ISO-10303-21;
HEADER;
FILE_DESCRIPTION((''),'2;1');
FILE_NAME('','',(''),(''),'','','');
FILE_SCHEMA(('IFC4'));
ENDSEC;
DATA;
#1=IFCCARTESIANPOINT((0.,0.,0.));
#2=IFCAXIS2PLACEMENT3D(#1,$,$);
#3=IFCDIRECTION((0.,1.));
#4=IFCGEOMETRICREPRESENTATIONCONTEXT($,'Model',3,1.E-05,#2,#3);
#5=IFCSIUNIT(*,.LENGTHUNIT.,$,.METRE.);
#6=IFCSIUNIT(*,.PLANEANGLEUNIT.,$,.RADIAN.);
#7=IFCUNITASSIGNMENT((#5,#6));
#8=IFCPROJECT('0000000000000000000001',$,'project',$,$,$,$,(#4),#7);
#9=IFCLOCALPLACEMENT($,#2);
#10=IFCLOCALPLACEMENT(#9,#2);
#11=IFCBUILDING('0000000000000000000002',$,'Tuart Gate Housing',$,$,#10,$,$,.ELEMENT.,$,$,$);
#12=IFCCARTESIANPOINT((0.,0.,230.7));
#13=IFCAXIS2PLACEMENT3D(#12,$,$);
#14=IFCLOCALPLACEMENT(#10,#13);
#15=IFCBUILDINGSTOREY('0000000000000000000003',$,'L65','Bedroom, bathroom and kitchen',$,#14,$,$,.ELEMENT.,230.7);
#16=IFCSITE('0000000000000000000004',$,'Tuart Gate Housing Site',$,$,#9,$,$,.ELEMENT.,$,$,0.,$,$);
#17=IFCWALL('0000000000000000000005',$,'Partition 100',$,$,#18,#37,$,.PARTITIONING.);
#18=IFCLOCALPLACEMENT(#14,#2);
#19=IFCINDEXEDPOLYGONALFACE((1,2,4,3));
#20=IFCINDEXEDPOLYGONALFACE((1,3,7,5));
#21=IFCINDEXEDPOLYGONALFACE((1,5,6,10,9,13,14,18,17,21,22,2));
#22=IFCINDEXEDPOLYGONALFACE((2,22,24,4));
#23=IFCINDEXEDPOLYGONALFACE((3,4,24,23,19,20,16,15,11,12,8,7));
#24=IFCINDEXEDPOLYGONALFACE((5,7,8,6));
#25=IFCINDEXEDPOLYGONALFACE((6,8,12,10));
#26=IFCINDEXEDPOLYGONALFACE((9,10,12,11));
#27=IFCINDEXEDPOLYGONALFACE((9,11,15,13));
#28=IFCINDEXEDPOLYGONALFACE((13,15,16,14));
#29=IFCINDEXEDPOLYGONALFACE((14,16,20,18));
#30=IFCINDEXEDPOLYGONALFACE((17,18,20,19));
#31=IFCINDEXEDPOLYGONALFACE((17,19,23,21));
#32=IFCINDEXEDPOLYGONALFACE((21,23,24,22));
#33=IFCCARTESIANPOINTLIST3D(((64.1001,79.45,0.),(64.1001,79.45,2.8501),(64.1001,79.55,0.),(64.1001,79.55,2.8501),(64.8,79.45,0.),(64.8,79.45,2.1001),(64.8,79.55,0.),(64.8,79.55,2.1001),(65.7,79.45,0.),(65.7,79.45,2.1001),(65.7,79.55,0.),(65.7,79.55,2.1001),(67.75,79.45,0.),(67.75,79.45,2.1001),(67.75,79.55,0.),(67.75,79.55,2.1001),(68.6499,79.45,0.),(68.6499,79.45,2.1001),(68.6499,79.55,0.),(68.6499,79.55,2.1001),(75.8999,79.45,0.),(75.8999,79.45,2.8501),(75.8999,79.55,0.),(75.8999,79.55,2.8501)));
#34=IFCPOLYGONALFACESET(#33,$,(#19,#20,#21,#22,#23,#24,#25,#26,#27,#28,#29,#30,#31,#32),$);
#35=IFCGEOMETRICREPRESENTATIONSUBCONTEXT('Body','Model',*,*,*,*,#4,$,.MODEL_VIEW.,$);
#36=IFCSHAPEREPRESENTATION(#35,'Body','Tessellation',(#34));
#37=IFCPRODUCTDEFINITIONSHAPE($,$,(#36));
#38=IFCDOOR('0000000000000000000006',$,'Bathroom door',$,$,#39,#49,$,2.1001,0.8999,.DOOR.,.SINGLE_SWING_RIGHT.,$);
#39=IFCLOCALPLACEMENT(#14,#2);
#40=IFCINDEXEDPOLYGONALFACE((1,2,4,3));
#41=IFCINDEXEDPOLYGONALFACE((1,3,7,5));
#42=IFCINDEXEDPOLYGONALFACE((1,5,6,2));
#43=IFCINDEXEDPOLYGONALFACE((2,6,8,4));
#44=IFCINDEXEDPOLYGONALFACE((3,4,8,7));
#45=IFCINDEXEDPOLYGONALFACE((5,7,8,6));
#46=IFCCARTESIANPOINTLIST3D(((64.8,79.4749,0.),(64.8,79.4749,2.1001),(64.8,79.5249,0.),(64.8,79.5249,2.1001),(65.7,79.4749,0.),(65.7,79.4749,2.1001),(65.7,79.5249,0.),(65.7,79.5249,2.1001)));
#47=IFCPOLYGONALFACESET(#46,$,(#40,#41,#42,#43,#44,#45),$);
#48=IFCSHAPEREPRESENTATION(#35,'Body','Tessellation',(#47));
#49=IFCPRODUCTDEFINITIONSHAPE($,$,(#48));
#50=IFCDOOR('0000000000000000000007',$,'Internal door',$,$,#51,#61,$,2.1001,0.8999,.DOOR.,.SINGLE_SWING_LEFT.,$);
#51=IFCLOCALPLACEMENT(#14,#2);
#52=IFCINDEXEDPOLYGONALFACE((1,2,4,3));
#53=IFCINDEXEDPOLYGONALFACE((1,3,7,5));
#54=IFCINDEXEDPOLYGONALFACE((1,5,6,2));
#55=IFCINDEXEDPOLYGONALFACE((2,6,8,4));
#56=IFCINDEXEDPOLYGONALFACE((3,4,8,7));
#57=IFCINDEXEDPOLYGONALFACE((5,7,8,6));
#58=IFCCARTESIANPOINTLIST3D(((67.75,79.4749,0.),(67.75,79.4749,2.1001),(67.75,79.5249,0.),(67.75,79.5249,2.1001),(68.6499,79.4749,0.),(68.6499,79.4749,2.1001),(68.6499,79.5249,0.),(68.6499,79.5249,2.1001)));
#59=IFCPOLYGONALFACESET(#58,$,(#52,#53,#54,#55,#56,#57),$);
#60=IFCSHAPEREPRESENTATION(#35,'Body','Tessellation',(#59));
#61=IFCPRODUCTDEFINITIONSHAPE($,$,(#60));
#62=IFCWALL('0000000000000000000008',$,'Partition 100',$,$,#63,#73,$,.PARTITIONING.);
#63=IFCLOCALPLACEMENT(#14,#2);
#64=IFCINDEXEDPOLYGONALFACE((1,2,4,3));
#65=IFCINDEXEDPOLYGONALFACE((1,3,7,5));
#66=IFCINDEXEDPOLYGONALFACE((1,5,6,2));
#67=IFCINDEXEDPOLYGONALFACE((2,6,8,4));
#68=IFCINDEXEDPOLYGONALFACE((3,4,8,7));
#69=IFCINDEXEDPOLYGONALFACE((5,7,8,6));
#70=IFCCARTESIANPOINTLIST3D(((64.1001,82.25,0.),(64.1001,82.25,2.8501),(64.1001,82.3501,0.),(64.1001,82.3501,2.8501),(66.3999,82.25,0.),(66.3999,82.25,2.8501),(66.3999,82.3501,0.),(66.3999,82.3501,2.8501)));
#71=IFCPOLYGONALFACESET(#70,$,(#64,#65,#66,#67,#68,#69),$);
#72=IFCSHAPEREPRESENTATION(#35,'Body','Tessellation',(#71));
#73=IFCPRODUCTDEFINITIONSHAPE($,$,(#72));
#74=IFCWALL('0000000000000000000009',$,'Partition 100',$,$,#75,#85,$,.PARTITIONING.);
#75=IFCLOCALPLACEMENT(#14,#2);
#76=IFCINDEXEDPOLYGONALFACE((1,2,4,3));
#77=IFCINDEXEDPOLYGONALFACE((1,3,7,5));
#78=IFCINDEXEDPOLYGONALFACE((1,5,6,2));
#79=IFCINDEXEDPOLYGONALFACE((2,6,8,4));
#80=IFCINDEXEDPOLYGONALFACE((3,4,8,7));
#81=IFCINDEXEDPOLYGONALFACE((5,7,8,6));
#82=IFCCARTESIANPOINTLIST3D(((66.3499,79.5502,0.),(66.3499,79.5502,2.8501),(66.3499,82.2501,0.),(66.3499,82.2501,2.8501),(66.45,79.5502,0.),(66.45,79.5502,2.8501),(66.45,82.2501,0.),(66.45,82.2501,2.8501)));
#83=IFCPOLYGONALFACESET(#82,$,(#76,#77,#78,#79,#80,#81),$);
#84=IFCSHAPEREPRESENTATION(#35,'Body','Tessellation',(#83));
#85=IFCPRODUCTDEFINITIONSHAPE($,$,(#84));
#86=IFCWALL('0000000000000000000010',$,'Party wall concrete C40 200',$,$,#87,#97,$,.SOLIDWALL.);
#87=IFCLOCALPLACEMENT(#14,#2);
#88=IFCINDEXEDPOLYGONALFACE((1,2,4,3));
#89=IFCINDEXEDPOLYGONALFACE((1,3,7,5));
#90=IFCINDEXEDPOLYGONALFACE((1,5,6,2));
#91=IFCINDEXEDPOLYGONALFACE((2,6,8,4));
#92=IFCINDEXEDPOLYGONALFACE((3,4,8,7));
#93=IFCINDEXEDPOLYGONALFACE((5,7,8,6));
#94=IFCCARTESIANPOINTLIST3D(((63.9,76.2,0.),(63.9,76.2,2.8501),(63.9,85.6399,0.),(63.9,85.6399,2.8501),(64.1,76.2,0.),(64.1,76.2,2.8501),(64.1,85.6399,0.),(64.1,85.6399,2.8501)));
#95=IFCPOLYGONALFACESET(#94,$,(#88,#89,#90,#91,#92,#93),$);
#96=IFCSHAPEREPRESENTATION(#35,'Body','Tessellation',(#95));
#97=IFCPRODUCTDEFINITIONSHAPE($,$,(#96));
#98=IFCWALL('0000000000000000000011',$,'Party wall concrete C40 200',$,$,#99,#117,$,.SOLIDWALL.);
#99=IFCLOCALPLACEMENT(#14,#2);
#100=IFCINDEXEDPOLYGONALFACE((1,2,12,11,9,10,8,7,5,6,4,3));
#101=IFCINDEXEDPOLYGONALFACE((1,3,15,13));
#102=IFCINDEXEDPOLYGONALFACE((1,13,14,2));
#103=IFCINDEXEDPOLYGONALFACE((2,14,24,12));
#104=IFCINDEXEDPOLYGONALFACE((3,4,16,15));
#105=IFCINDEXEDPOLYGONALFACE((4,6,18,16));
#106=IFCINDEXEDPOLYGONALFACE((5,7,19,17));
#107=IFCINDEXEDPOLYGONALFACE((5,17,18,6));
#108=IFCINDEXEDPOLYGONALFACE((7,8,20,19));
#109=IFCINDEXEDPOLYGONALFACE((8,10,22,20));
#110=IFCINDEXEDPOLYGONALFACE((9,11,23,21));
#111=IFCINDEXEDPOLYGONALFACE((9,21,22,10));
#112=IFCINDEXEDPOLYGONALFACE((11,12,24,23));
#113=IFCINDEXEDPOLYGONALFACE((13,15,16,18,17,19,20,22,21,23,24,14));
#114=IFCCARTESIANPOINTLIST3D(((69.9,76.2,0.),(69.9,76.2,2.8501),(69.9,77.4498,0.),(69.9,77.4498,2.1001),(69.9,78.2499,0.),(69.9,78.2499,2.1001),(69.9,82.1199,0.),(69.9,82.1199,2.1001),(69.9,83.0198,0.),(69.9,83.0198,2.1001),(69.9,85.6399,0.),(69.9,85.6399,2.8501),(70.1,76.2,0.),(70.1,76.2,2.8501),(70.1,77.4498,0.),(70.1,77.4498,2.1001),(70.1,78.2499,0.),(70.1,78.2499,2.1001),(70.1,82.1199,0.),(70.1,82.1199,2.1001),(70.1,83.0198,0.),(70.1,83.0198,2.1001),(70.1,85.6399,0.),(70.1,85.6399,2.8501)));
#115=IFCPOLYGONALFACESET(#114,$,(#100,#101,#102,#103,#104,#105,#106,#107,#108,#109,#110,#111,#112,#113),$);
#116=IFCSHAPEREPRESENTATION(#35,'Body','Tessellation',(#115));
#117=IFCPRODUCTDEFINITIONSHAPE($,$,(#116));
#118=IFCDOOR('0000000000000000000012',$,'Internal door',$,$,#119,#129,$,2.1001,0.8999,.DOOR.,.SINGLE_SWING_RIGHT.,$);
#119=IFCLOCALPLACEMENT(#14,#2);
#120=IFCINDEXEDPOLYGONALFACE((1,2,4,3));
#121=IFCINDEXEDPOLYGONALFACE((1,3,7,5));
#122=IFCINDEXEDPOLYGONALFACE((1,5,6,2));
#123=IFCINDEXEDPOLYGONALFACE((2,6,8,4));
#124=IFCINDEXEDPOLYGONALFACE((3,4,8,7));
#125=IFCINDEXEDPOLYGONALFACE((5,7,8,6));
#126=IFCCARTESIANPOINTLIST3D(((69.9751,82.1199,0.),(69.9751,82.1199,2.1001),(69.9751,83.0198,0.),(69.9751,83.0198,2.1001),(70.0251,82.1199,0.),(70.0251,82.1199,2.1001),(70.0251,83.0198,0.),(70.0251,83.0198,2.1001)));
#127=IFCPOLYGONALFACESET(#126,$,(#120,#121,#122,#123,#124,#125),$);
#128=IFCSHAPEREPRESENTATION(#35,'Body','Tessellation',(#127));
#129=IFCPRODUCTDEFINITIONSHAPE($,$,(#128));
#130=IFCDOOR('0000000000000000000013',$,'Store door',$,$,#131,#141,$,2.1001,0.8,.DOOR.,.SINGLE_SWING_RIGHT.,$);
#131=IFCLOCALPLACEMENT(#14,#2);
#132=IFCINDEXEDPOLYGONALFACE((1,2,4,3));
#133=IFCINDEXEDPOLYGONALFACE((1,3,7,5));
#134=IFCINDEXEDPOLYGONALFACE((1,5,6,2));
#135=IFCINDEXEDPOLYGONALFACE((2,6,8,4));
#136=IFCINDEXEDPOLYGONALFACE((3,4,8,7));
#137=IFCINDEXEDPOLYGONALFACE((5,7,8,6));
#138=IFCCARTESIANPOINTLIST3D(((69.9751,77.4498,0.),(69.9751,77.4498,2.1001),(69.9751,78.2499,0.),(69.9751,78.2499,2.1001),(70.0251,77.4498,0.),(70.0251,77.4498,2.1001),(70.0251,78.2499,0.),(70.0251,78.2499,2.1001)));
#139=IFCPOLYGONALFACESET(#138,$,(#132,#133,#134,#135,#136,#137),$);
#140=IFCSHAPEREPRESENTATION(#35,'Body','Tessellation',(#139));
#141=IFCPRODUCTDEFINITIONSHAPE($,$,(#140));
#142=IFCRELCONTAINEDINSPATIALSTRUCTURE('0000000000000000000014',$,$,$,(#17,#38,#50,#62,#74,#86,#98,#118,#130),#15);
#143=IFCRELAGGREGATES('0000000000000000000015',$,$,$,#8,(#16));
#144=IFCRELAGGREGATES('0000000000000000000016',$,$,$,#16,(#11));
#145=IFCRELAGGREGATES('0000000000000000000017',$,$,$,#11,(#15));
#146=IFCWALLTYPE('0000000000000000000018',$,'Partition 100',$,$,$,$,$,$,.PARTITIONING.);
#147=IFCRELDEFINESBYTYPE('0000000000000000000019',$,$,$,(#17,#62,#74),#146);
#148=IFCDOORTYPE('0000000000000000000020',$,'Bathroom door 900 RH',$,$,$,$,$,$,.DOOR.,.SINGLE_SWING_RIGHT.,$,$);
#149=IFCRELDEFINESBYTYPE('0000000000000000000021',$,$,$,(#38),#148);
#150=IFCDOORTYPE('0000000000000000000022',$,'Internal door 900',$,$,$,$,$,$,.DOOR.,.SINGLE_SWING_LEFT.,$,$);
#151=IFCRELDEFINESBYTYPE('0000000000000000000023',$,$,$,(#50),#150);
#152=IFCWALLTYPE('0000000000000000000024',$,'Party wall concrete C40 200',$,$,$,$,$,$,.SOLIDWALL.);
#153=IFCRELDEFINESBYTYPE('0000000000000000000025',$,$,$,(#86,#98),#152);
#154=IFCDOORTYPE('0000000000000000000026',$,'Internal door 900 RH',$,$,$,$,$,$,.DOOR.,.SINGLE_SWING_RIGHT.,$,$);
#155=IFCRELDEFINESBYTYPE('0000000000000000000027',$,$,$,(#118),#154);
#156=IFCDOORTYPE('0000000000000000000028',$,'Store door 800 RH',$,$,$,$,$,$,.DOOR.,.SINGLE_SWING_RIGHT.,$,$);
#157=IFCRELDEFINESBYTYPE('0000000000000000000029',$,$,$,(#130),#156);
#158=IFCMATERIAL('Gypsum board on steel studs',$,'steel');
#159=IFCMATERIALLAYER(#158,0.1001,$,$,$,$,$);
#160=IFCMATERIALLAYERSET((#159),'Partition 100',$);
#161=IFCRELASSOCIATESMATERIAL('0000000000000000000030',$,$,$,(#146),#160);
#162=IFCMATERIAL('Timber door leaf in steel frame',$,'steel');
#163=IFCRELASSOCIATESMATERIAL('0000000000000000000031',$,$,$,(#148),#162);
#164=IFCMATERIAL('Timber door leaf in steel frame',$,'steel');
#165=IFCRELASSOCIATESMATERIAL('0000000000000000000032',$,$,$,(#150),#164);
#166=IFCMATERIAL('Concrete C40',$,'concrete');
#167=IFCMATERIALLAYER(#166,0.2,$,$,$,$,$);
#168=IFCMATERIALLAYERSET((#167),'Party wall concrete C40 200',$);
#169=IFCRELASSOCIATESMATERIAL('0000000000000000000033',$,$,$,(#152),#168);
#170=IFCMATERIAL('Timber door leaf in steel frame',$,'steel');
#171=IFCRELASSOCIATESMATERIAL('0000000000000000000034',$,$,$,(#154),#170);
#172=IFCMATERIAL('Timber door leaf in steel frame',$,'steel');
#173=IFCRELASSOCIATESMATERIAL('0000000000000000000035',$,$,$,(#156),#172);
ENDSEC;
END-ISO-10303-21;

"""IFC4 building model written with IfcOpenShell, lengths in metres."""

from ifc_helpers import new_model, si_unit, direction, frame, frame_2d, origin, place, context, subcontext, project, spatial, rectangle, extrude, material, layer, layer_set, type_object, element, fill, save


model = new_model("IFC4")

# Units and contexts
model_context = context("Model", 3, precision=1e-05, world=origin(), true_north=direction((0.0, 1.0)))
body_context = subcontext(model_context, "Body", "Model", "MODEL_VIEW")
ifc_project = project(units=[si_unit("LENGTHUNIT", "METRE"), si_unit("PLANEANGLEUNIT", "RADIAN")], contexts=[model_context])

# Site, building, storey
site_placement = place(None, origin())
site = spatial("IfcSite", under=ifc_project, at=site_placement, Name="Tuart Gate Housing Site", CompositionType="ELEMENT", RefElevation=0.0)
building_placement = place(site_placement, origin())
building = spatial("IfcBuilding", under=site, at=building_placement, Name="Tuart Gate Housing", CompositionType="ELEMENT")
storey_placement = place(building_placement, frame((0.0, 0.0, 230.7)))
storey = spatial("IfcBuildingStorey", under=building, at=storey_placement, Name="L65", Description="Bedroom, bathroom and kitchen", CompositionType="ELEMENT", Elevation=230.7)

# Wall, openings, doors
ifc_material_1 = material(Name="Gypsum board on steel studs", Category="steel")
ifc_layer_1 = layer(ifc_material_1, 0.1001)
ifc_layer_set_1 = layer_set([ifc_layer_1], Name="Partition 100")
wall_type_1 = type_object("IfcWallType", Name="Partition 100", PredefinedType="PARTITIONING", material=ifc_layer_set_1)
wall_1_placement = place(storey_placement, frame((64.1001, 79.5, 0.0), z_axis=(0.0, 0.0, 1.0), x_axis=(1.0, 0.0, 0.0)))
wall_1 = element("IfcWall", 1, at=wall_1_placement, inside=storey, type_object=wall_type_1, Name="Partition 100", PredefinedType="PARTITIONING", context=body_context, shape_type="SweptSolid", body=[
    extrude(rectangle(XDim=11.7998, YDim=0.1001, at=frame_2d((5.8999, 0.0))), origin(), (0.0, 0.0, 1.0), 2.8501),
])
opening_1_placement = place(wall_1_placement, frame((3.6499, 0.0, 0.0)))
opening_1 = element("IfcOpeningElement", 2, at=opening_1_placement, cuts=wall_1, PredefinedType="OPENING", context=body_context, shape_type="SweptSolid", body=[
    extrude(rectangle(XDim=0.8999, YDim=2.1001, at=frame_2d((0.45, 1.05))), frame((0.0, 0.0601, 0.0), z_axis=(0.0, -1.0, 0.0), x_axis=(1.0, 0.0, 0.0)), (0.0, 0.0, 1.0), 0.1201),
])
opening_2_placement = place(wall_1_placement, frame((0.7, 0.0, 0.0)))
opening_2 = element("IfcOpeningElement", 3, at=opening_2_placement, cuts=wall_1, PredefinedType="OPENING", context=body_context, shape_type="SweptSolid", body=[
    extrude(rectangle(XDim=0.8999, YDim=2.1001, at=frame_2d((0.45, 1.05))), frame((0.0, 0.0601, 0.0), z_axis=(0.0, -1.0, 0.0), x_axis=(1.0, 0.0, 0.0)), (0.0, 0.0, 1.0), 0.1201),
])
ifc_material_2 = material(Name="Timber door leaf in steel frame", Category="steel")
door_type_1 = type_object("IfcDoorType", Name="Bathroom door 900 RH", OperationType="SINGLE_SWING_RIGHT", PredefinedType="DOOR", material=ifc_material_2)
door_1_placement = place(opening_2_placement, origin())
door_1 = element("IfcDoor", 4, at=door_1_placement, inside=storey, type_object=door_type_1, Name="Bathroom door", OperationType="SINGLE_SWING_RIGHT", OverallHeight=2.1001, OverallWidth=0.8999, PredefinedType="DOOR", context=body_context, shape_type="SweptSolid", body=[
    extrude(rectangle(XDim=0.8999, YDim=2.1001, at=frame_2d((0.45, 1.05))), frame((0.0, 0.0249, 0.0), z_axis=(0.0, -1.0, 0.0), x_axis=(1.0, 0.0, 0.0)), (0.0, 0.0, 1.0), 0.05),
])
fill(opening_2, door_1)
ifc_material_3 = material(Name="Timber door leaf in steel frame", Category="steel")
door_type_2 = type_object("IfcDoorType", Name="Internal door 900", OperationType="SINGLE_SWING_LEFT", PredefinedType="DOOR", material=ifc_material_3)
door_2_placement = place(opening_1_placement, frame((0.8999, 0.0, 0.0), z_axis=(0.0, 0.0, 1.0), x_axis=(-1.0, 0.0, 0.0)))
door_2 = element("IfcDoor", 5, at=door_2_placement, inside=storey, type_object=door_type_2, Name="Internal door", OperationType="SINGLE_SWING_LEFT", OverallHeight=2.1001, OverallWidth=0.8999, PredefinedType="DOOR", context=body_context, shape_type="SweptSolid", body=[
    extrude(rectangle(XDim=0.8999, YDim=2.1001, at=frame_2d((0.45, 1.05))), frame((0.0, 0.0251, 0.0), z_axis=(0.0, -1.0, 0.0), x_axis=(1.0, 0.0, 0.0)), (0.0, 0.0, 1.0), 0.05),
])
fill(opening_1, door_2)

# Walls
wall_2_placement = place(storey_placement, frame((64.1001, 82.3, 0.0), z_axis=(0.0, 0.0, 1.0), x_axis=(1.0, 0.0, 0.0)))
element("IfcWall", 6, at=wall_2_placement, inside=storey, type_object=wall_type_1, Name="Partition 100", PredefinedType="PARTITIONING", context=body_context, shape_type="SweptSolid", body=[
    extrude(rectangle(XDim=2.2998, YDim=0.1001, at=frame_2d((1.1499, 0.0))), origin(), (0.0, 0.0, 1.0), 2.8501),
])
wall_3_placement = place(storey_placement, frame((66.3999, 79.55, 0.0), z_axis=(0.0, 0.0, 1.0), x_axis=(0.0, 1.0, 0.0)))
element("IfcWall", 7, at=wall_3_placement, inside=storey, type_object=wall_type_1, Name="Partition 100", PredefinedType="PARTITIONING", context=body_context, shape_type="SweptSolid", body=[
    extrude(rectangle(XDim=2.7, YDim=0.1001, at=frame_2d((1.3501, 0.0))), origin(), (0.0, 0.0, 1.0), 2.8501),
])
ifc_material_4 = material(Name="Concrete C40", Category="concrete")
ifc_layer_2 = layer(ifc_material_4, 0.2)
ifc_layer_set_2 = layer_set([ifc_layer_2], Name="Party wall concrete C40 200")
wall_type_2 = type_object("IfcWallType", Name="Party wall concrete C40 200", PredefinedType="SOLIDWALL", material=ifc_layer_set_2)
wall_4_placement = place(storey_placement, frame((64.0, 76.2, 0.0), z_axis=(0.0, 0.0, 1.0), x_axis=(0.0, 1.0, 0.0)))
element("IfcWall", 8, at=wall_4_placement, inside=storey, type_object=wall_type_2, Name="Party wall concrete C40 200", PredefinedType="SOLIDWALL", context=body_context, shape_type="SweptSolid", body=[
    extrude(rectangle(XDim=9.4399, YDim=0.2, at=frame_2d((4.72, 0.0))), origin(), (0.0, 0.0, 1.0), 2.8501),
])

# Wall, openings, doors
wall_5_placement = place(storey_placement, frame((70.0, 76.2, 0.0), z_axis=(0.0, 0.0, 1.0), x_axis=(0.0, 1.0, 0.0)))
wall_5 = element("IfcWall", 9, at=wall_5_placement, inside=storey, type_object=wall_type_2, Name="Party wall concrete C40 200", PredefinedType="SOLIDWALL", context=body_context, shape_type="SweptSolid", body=[
    extrude(rectangle(XDim=9.4399, YDim=0.2, at=frame_2d((4.72, 0.0))), origin(), (0.0, 0.0, 1.0), 2.8501),
])
opening_3_placement = place(wall_5_placement, frame((5.9199, 0.0, 0.0)))
opening_3 = element("IfcOpeningElement", 10, at=opening_3_placement, cuts=wall_5, PredefinedType="OPENING", context=body_context, shape_type="SweptSolid", body=[
    extrude(rectangle(XDim=0.8999, YDim=2.1001, at=frame_2d((0.45, 1.05))), frame((0.0, 0.1099, 0.0), z_axis=(0.0, -1.0, 0.0), x_axis=(1.0, 0.0, 0.0)), (0.0, 0.0, 1.0), 0.22),
])
opening_4_placement = place(wall_5_placement, frame((1.25, 0.0, 0.0)))
opening_4 = element("IfcOpeningElement", 11, at=opening_4_placement, cuts=wall_5, PredefinedType="OPENING", context=body_context, shape_type="SweptSolid", body=[
    extrude(rectangle(XDim=0.8, YDim=2.1001, at=frame_2d((0.3999, 1.05))), frame((0.0, 0.1099, 0.0), z_axis=(0.0, -1.0, 0.0), x_axis=(1.0, 0.0, 0.0)), (0.0, 0.0, 1.0), 0.22),
])
ifc_material_5 = material(Name="Timber door leaf in steel frame", Category="steel")
door_type_3 = type_object("IfcDoorType", Name="Internal door 900 RH", OperationType="SINGLE_SWING_RIGHT", PredefinedType="DOOR", material=ifc_material_5)
door_3_placement = place(opening_3_placement, frame((0.8999, 0.0, 0.0), z_axis=(0.0, 0.0, 1.0), x_axis=(-1.0, 0.0, 0.0)))
door_3 = element("IfcDoor", 12, at=door_3_placement, inside=storey, type_object=door_type_3, Name="Internal door", OperationType="SINGLE_SWING_RIGHT", OverallHeight=2.1001, OverallWidth=0.8999, PredefinedType="DOOR", context=body_context, shape_type="SweptSolid", body=[
    extrude(rectangle(XDim=0.8999, YDim=2.1001, at=frame_2d((0.45, 1.05))), frame((0.0, 0.0251, 0.0), z_axis=(0.0, -1.0, 0.0), x_axis=(1.0, 0.0, 0.0)), (0.0, 0.0, 1.0), 0.05),
])
fill(opening_3, door_3)
ifc_material_6 = material(Name="Timber door leaf in steel frame", Category="steel")
door_type_4 = type_object("IfcDoorType", Name="Store door 800 RH", OperationType="SINGLE_SWING_RIGHT", PredefinedType="DOOR", material=ifc_material_6)
door_4_placement = place(opening_4_placement, frame((0.8, 0.0, 0.0), z_axis=(0.0, 0.0, 1.0), x_axis=(-1.0, 0.0, 0.0)))
door_4 = element("IfcDoor", 13, at=door_4_placement, inside=storey, type_object=door_type_4, Name="Store door", OperationType="SINGLE_SWING_RIGHT", OverallHeight=2.1001, OverallWidth=0.8, PredefinedType="DOOR", context=body_context, shape_type="SweptSolid", body=[
    extrude(rectangle(XDim=0.8, YDim=2.1001, at=frame_2d((0.4001, 1.05))), frame((0.0, 0.0251, 0.0), z_axis=(0.0, -1.0, 0.0), x_axis=(1.0, 0.0, 0.0)), (0.0, 0.0, 1.0), 0.05),
])
fill(opening_4, door_4)

save(model, "model.ifc")
